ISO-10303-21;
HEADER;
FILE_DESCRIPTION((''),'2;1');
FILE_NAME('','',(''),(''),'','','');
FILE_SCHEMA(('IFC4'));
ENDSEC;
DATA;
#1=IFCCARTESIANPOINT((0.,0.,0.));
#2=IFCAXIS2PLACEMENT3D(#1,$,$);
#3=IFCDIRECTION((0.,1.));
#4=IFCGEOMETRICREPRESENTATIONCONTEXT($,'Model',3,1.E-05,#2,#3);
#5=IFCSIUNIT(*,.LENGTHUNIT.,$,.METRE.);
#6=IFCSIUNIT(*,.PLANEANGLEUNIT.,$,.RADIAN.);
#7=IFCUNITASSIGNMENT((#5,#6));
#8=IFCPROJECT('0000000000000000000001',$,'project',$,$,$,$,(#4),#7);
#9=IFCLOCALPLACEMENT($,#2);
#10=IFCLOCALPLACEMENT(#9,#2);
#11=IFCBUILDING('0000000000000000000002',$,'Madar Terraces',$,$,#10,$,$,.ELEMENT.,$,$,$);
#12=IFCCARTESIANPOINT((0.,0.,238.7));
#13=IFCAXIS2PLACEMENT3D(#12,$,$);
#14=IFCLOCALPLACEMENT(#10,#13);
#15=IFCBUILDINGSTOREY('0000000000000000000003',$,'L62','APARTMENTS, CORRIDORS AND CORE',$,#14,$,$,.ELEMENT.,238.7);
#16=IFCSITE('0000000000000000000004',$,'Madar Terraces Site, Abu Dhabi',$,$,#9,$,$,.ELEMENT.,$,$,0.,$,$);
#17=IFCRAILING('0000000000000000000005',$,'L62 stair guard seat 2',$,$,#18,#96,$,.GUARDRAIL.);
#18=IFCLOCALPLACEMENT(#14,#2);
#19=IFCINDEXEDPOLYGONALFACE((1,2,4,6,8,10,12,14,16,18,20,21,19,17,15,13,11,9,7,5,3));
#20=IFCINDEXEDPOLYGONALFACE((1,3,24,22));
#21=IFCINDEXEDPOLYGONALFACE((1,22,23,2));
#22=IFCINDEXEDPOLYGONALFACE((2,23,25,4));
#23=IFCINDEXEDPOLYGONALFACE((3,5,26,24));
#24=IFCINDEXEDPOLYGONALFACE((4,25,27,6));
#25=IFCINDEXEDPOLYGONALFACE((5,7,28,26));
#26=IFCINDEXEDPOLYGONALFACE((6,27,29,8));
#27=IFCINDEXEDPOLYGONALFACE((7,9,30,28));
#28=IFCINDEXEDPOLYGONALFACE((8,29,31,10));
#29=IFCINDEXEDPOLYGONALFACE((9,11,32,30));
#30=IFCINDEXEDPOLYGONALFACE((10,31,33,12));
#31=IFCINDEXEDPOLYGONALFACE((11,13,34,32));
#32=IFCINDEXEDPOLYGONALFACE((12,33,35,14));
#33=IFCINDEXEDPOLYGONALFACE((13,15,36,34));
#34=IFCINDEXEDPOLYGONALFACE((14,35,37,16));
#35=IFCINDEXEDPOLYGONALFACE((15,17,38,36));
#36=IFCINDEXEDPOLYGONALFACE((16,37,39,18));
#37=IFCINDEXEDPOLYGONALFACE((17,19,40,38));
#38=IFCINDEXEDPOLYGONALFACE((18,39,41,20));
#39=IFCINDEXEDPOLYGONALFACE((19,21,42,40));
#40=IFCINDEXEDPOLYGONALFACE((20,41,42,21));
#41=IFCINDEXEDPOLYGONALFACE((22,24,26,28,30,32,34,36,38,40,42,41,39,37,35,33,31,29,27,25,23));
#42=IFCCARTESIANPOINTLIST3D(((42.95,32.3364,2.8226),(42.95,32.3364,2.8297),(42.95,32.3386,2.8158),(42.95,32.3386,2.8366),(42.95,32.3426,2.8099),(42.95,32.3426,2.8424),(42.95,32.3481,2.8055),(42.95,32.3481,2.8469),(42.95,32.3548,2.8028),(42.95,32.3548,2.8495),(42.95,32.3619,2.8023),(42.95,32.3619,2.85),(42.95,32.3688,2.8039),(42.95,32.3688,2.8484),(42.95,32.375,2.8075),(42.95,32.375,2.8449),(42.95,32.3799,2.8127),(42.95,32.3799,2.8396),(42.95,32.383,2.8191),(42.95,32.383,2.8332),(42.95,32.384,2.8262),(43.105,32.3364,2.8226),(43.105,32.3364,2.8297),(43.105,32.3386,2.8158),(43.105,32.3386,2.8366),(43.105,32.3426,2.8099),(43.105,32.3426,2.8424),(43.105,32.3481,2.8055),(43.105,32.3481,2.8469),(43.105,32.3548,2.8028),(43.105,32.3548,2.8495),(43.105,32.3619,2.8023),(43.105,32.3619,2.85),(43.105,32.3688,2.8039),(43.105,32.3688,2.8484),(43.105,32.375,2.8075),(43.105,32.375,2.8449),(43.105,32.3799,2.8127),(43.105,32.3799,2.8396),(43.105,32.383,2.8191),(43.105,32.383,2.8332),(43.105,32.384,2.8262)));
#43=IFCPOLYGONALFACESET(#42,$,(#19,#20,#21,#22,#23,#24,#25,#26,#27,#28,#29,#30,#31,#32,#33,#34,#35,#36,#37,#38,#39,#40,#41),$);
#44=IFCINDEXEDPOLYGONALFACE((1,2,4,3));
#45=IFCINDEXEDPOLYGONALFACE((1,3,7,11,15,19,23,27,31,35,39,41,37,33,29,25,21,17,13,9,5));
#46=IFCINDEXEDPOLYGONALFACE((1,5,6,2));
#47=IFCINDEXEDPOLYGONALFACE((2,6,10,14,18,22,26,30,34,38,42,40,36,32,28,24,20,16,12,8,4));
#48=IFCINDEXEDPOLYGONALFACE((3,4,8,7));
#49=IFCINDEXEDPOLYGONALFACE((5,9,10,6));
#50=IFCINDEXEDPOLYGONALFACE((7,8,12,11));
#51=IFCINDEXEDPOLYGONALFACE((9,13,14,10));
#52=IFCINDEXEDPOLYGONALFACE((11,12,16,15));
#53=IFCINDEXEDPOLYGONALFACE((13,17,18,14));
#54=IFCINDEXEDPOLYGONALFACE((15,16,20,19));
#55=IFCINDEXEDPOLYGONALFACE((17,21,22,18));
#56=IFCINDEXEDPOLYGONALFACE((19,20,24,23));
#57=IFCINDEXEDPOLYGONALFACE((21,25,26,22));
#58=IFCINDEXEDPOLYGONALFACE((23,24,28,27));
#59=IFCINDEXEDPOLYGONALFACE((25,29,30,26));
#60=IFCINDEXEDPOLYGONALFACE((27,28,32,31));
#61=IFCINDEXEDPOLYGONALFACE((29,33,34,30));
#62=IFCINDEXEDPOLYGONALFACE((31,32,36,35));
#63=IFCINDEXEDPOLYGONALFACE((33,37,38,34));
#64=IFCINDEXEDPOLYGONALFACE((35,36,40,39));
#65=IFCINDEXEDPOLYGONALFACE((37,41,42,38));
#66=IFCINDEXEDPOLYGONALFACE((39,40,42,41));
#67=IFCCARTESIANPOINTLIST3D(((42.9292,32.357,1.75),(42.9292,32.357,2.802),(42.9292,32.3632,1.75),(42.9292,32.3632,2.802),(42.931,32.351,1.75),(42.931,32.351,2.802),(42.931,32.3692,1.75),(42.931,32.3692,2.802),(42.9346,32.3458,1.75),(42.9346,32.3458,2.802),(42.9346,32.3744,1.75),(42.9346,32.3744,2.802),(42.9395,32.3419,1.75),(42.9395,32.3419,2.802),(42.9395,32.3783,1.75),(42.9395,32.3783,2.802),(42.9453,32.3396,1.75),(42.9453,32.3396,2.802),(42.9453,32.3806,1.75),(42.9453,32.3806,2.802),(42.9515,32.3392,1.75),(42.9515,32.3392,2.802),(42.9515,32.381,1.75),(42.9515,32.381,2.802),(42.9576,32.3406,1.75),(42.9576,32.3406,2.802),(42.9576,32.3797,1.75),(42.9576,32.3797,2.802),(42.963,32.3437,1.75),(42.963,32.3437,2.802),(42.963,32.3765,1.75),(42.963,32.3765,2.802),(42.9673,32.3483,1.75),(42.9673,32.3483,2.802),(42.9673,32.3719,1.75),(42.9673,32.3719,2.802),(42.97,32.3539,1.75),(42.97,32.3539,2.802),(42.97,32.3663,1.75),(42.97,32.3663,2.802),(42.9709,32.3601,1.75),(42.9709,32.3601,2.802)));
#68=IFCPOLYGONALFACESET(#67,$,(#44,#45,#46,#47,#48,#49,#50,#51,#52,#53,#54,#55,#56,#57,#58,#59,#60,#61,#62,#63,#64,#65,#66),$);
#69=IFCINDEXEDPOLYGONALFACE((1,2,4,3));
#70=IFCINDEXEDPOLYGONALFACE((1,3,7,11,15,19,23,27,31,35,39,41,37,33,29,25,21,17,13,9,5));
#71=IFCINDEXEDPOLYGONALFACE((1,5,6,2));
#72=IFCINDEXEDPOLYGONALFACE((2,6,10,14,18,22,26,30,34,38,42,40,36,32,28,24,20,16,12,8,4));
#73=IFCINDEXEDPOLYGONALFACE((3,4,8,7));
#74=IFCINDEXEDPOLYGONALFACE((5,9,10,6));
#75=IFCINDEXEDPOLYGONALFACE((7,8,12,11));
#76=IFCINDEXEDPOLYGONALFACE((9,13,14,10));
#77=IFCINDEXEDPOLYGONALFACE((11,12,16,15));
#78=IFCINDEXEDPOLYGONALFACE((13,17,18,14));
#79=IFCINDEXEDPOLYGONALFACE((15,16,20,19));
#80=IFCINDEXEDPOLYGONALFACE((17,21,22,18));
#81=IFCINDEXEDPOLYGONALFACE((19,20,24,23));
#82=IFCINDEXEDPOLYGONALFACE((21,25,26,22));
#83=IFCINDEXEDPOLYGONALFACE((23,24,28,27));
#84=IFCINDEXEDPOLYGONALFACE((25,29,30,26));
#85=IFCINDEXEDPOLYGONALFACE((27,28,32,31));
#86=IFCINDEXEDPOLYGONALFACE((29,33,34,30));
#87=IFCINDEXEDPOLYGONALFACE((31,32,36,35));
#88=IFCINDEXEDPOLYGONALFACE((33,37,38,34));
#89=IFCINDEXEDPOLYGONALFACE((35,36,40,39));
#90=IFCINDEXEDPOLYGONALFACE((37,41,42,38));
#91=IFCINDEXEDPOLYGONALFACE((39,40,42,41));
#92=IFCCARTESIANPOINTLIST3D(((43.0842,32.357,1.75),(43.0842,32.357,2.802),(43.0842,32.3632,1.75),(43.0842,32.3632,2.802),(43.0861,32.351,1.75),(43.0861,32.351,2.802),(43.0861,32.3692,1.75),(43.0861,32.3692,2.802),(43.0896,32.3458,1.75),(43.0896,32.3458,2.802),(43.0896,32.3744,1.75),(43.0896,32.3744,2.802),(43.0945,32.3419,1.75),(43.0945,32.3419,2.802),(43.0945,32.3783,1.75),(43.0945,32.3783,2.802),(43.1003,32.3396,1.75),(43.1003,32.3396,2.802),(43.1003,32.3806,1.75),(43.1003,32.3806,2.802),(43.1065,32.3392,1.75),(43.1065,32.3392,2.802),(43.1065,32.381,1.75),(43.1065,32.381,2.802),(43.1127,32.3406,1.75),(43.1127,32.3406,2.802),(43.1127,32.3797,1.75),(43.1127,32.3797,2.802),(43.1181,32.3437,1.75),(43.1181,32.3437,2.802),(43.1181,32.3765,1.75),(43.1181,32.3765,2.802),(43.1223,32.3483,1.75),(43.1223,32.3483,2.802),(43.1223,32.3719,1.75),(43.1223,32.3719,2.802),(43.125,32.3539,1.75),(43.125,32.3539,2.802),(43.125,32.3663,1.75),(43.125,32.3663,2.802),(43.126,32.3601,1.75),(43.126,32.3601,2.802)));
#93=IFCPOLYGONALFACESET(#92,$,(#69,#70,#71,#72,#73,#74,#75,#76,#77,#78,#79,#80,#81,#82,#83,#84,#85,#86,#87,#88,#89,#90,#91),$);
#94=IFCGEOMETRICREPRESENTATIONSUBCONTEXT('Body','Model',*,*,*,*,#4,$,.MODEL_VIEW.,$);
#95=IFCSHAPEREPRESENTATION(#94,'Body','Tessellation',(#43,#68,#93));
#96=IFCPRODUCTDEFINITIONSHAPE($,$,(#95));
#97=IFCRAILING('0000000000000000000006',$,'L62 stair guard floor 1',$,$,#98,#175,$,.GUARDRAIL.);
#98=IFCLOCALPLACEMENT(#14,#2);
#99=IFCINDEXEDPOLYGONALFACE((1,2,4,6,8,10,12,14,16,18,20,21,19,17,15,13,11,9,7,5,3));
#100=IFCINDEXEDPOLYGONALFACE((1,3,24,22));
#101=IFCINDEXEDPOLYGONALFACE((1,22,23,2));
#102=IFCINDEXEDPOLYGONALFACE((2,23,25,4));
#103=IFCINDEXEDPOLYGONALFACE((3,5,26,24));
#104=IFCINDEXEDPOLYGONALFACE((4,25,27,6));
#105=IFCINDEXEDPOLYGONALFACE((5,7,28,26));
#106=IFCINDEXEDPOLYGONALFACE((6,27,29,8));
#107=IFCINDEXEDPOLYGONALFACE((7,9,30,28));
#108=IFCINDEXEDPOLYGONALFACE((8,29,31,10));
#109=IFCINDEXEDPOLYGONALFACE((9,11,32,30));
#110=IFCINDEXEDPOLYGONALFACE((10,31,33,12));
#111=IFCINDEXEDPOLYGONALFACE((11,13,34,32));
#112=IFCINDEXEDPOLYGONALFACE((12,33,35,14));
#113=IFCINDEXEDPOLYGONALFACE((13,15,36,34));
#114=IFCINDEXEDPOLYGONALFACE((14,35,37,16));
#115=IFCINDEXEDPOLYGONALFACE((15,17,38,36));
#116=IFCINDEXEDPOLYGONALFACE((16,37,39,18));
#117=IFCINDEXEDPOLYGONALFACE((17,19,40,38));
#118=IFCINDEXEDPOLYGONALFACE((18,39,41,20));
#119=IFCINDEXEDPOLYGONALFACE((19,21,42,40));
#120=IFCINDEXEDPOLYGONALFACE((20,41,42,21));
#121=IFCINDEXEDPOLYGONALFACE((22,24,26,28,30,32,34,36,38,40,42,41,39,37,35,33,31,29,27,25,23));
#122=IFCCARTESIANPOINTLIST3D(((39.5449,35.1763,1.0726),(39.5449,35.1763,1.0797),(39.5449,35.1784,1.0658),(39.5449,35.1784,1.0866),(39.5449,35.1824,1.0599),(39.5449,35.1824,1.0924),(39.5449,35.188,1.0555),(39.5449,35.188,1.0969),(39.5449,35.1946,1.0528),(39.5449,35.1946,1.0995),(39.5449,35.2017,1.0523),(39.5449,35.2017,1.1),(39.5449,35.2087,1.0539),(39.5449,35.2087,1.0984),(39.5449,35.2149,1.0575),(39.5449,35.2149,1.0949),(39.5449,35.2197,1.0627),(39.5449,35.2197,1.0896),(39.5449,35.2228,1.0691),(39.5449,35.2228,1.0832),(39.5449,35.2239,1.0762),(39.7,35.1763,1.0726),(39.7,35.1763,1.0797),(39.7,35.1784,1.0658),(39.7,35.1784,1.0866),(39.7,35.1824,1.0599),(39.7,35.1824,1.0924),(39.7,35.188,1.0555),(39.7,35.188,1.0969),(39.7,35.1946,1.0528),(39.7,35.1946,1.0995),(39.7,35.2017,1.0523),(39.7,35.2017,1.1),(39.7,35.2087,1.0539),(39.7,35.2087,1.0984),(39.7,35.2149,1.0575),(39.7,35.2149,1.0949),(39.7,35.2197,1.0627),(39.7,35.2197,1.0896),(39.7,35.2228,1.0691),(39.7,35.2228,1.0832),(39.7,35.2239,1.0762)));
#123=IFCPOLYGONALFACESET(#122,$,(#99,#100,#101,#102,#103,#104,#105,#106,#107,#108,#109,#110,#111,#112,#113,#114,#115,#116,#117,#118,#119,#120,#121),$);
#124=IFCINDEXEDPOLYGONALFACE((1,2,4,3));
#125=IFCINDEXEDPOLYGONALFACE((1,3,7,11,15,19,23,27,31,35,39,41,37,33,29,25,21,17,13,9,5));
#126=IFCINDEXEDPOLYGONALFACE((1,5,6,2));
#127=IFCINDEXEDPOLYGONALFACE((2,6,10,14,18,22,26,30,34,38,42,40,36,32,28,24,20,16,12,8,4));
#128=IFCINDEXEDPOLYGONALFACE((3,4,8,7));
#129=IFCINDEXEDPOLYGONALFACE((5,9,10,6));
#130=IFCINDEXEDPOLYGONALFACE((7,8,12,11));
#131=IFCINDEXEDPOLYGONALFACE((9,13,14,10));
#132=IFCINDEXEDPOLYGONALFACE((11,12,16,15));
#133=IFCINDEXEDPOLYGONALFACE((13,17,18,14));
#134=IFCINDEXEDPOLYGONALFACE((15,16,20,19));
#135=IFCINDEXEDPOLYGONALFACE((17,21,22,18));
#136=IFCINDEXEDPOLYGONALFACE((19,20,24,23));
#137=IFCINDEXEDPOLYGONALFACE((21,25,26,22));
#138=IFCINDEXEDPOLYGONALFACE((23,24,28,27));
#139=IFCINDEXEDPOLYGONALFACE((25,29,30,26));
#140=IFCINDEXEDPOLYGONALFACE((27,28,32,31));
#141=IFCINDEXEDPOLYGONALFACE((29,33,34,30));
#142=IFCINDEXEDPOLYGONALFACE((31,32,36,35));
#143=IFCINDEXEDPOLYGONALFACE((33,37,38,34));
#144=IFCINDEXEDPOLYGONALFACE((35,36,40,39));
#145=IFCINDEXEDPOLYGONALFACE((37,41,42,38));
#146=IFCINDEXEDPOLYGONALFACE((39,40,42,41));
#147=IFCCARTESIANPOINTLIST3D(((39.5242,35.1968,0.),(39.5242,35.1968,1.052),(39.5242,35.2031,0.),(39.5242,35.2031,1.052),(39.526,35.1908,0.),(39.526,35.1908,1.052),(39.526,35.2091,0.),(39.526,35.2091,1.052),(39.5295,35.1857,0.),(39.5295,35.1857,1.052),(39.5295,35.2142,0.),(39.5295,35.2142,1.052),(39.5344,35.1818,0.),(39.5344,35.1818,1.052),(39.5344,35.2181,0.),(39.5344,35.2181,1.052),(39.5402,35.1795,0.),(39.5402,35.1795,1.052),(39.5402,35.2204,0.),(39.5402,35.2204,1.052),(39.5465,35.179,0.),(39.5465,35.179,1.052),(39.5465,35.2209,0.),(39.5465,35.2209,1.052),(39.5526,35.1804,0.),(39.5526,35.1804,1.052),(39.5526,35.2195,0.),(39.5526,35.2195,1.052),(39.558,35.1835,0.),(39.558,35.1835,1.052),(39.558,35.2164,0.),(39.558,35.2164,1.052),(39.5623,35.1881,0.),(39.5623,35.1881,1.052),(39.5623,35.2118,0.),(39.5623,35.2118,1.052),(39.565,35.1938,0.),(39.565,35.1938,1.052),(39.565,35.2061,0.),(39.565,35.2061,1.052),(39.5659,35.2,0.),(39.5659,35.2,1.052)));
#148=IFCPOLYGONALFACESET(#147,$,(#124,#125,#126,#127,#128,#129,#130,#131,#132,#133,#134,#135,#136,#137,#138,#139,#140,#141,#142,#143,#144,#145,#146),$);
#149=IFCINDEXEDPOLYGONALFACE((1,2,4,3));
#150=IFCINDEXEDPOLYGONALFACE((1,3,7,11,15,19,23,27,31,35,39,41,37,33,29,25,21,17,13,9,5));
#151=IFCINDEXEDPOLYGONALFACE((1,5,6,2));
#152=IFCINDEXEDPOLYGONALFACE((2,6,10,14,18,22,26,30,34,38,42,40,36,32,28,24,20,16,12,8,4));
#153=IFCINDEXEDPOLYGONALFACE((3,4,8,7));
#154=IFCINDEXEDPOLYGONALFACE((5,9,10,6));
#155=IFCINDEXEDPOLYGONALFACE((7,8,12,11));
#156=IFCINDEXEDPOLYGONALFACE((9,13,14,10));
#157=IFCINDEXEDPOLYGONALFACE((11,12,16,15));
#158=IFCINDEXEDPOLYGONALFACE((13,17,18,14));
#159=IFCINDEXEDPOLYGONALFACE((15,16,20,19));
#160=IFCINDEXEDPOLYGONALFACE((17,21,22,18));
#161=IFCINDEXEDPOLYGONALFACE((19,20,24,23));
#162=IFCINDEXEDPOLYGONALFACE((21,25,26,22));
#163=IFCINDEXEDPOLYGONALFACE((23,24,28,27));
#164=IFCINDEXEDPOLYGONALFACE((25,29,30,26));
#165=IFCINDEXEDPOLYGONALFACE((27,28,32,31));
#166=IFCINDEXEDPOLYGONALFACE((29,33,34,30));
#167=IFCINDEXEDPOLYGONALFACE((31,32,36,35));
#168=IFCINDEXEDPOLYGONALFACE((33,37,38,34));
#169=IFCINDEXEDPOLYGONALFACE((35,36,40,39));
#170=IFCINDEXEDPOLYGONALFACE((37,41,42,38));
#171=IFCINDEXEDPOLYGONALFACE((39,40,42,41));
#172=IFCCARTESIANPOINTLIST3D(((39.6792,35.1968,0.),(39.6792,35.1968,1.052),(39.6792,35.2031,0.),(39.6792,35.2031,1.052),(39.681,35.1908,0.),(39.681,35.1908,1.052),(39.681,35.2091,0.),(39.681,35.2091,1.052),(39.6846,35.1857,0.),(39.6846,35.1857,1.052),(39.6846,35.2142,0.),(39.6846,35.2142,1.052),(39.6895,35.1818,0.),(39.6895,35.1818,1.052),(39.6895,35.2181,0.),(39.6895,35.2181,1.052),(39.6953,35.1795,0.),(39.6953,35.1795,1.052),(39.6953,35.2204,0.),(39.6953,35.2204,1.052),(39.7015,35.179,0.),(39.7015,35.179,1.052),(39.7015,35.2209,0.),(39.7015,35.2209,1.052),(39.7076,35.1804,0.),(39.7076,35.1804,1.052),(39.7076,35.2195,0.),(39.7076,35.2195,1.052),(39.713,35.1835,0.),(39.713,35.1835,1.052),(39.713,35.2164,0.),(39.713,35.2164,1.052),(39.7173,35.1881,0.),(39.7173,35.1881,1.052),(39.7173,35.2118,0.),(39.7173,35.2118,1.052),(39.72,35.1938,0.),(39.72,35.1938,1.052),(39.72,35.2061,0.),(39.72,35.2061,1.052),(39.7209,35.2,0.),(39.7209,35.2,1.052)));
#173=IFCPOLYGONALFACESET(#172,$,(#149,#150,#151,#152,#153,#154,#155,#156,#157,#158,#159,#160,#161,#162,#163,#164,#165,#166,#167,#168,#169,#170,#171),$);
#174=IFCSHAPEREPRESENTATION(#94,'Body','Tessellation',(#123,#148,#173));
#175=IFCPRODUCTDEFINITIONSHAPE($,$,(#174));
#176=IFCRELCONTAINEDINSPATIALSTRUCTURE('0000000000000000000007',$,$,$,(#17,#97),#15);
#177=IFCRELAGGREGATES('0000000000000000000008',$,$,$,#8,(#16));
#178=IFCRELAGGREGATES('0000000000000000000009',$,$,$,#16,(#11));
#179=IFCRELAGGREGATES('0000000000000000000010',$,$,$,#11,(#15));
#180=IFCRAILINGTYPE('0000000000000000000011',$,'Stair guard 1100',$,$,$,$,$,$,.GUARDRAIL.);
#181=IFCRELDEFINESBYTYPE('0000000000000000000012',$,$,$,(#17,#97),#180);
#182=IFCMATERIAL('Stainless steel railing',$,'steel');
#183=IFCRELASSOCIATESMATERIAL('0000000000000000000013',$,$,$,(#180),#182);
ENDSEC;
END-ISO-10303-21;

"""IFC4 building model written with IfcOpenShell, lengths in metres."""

from ifc_helpers import new_model, si_unit, direction, frame, origin, origin_2d, place, context, subcontext, project, spatial, circle, extrude, material, type_object, element, save


model = new_model("IFC4")

# Units and contexts
model_context = context("Model", 3, precision=1e-05, world=origin(), true_north=direction((0.0, 1.0)))
body_context = subcontext(model_context, "Body", "Model", "MODEL_VIEW")
ifc_project = project(units=[si_unit("LENGTHUNIT", "METRE"), si_unit("PLANEANGLEUNIT", "RADIAN")], contexts=[model_context])

# Site, building, storey
site_placement = place(None, origin())
site = spatial("IfcSite", under=ifc_project, at=site_placement, Name="Madar Terraces Site, Abu Dhabi", CompositionType="ELEMENT", RefElevation=0.0)
building_placement = place(site_placement, origin())
building = spatial("IfcBuilding", under=site, at=building_placement, Name="Madar Terraces", CompositionType="ELEMENT")
storey_placement = place(building_placement, frame((0.0, 0.0, 238.7)))
storey = spatial("IfcBuildingStorey", under=building, at=storey_placement, Name="L62", Description="APARTMENTS, CORRIDORS AND CORE", CompositionType="ELEMENT", Elevation=238.7)

# Railings
ifc_material_1 = material(Name="Stainless steel railing", Category="steel")
railing_type_1 = type_object("IfcRailingType", Name="Stair guard 1100", PredefinedType="GUARDRAIL", material=ifc_material_1)
for number, where, name in (
    (1, (42.95, 32.3601, 1.75), "L62 stair guard seat 2"),
    (2, (39.5449, 35.2, 0.0), "L62 stair guard floor 1"),
):
    element("IfcRailing", number, at=place(storey_placement, frame(where)), inside=storey, type_object=railing_type_1, Name=name, PredefinedType="GUARDRAIL", context=body_context, shape_type="SweptSolid", body=[
        extrude(circle(Radius=0.0239, at=origin_2d()), frame((0.0, 0.0, 1.0762), z_axis=(1.0, 0.0, 0.0), x_axis=(0.0, 1.0, 0.0)), (0.0, 0.0, 1.0), 0.155),
        extrude(circle(Radius=0.021, at=origin_2d()), origin(), (0.0, 0.0, 1.0), 1.052),
        extrude(circle(Radius=0.021, at=origin_2d()), frame((0.155, 0.0, 0.0)), (0.0, 0.0, 1.0), 1.052),
    ])

save(model, "model.ifc")
